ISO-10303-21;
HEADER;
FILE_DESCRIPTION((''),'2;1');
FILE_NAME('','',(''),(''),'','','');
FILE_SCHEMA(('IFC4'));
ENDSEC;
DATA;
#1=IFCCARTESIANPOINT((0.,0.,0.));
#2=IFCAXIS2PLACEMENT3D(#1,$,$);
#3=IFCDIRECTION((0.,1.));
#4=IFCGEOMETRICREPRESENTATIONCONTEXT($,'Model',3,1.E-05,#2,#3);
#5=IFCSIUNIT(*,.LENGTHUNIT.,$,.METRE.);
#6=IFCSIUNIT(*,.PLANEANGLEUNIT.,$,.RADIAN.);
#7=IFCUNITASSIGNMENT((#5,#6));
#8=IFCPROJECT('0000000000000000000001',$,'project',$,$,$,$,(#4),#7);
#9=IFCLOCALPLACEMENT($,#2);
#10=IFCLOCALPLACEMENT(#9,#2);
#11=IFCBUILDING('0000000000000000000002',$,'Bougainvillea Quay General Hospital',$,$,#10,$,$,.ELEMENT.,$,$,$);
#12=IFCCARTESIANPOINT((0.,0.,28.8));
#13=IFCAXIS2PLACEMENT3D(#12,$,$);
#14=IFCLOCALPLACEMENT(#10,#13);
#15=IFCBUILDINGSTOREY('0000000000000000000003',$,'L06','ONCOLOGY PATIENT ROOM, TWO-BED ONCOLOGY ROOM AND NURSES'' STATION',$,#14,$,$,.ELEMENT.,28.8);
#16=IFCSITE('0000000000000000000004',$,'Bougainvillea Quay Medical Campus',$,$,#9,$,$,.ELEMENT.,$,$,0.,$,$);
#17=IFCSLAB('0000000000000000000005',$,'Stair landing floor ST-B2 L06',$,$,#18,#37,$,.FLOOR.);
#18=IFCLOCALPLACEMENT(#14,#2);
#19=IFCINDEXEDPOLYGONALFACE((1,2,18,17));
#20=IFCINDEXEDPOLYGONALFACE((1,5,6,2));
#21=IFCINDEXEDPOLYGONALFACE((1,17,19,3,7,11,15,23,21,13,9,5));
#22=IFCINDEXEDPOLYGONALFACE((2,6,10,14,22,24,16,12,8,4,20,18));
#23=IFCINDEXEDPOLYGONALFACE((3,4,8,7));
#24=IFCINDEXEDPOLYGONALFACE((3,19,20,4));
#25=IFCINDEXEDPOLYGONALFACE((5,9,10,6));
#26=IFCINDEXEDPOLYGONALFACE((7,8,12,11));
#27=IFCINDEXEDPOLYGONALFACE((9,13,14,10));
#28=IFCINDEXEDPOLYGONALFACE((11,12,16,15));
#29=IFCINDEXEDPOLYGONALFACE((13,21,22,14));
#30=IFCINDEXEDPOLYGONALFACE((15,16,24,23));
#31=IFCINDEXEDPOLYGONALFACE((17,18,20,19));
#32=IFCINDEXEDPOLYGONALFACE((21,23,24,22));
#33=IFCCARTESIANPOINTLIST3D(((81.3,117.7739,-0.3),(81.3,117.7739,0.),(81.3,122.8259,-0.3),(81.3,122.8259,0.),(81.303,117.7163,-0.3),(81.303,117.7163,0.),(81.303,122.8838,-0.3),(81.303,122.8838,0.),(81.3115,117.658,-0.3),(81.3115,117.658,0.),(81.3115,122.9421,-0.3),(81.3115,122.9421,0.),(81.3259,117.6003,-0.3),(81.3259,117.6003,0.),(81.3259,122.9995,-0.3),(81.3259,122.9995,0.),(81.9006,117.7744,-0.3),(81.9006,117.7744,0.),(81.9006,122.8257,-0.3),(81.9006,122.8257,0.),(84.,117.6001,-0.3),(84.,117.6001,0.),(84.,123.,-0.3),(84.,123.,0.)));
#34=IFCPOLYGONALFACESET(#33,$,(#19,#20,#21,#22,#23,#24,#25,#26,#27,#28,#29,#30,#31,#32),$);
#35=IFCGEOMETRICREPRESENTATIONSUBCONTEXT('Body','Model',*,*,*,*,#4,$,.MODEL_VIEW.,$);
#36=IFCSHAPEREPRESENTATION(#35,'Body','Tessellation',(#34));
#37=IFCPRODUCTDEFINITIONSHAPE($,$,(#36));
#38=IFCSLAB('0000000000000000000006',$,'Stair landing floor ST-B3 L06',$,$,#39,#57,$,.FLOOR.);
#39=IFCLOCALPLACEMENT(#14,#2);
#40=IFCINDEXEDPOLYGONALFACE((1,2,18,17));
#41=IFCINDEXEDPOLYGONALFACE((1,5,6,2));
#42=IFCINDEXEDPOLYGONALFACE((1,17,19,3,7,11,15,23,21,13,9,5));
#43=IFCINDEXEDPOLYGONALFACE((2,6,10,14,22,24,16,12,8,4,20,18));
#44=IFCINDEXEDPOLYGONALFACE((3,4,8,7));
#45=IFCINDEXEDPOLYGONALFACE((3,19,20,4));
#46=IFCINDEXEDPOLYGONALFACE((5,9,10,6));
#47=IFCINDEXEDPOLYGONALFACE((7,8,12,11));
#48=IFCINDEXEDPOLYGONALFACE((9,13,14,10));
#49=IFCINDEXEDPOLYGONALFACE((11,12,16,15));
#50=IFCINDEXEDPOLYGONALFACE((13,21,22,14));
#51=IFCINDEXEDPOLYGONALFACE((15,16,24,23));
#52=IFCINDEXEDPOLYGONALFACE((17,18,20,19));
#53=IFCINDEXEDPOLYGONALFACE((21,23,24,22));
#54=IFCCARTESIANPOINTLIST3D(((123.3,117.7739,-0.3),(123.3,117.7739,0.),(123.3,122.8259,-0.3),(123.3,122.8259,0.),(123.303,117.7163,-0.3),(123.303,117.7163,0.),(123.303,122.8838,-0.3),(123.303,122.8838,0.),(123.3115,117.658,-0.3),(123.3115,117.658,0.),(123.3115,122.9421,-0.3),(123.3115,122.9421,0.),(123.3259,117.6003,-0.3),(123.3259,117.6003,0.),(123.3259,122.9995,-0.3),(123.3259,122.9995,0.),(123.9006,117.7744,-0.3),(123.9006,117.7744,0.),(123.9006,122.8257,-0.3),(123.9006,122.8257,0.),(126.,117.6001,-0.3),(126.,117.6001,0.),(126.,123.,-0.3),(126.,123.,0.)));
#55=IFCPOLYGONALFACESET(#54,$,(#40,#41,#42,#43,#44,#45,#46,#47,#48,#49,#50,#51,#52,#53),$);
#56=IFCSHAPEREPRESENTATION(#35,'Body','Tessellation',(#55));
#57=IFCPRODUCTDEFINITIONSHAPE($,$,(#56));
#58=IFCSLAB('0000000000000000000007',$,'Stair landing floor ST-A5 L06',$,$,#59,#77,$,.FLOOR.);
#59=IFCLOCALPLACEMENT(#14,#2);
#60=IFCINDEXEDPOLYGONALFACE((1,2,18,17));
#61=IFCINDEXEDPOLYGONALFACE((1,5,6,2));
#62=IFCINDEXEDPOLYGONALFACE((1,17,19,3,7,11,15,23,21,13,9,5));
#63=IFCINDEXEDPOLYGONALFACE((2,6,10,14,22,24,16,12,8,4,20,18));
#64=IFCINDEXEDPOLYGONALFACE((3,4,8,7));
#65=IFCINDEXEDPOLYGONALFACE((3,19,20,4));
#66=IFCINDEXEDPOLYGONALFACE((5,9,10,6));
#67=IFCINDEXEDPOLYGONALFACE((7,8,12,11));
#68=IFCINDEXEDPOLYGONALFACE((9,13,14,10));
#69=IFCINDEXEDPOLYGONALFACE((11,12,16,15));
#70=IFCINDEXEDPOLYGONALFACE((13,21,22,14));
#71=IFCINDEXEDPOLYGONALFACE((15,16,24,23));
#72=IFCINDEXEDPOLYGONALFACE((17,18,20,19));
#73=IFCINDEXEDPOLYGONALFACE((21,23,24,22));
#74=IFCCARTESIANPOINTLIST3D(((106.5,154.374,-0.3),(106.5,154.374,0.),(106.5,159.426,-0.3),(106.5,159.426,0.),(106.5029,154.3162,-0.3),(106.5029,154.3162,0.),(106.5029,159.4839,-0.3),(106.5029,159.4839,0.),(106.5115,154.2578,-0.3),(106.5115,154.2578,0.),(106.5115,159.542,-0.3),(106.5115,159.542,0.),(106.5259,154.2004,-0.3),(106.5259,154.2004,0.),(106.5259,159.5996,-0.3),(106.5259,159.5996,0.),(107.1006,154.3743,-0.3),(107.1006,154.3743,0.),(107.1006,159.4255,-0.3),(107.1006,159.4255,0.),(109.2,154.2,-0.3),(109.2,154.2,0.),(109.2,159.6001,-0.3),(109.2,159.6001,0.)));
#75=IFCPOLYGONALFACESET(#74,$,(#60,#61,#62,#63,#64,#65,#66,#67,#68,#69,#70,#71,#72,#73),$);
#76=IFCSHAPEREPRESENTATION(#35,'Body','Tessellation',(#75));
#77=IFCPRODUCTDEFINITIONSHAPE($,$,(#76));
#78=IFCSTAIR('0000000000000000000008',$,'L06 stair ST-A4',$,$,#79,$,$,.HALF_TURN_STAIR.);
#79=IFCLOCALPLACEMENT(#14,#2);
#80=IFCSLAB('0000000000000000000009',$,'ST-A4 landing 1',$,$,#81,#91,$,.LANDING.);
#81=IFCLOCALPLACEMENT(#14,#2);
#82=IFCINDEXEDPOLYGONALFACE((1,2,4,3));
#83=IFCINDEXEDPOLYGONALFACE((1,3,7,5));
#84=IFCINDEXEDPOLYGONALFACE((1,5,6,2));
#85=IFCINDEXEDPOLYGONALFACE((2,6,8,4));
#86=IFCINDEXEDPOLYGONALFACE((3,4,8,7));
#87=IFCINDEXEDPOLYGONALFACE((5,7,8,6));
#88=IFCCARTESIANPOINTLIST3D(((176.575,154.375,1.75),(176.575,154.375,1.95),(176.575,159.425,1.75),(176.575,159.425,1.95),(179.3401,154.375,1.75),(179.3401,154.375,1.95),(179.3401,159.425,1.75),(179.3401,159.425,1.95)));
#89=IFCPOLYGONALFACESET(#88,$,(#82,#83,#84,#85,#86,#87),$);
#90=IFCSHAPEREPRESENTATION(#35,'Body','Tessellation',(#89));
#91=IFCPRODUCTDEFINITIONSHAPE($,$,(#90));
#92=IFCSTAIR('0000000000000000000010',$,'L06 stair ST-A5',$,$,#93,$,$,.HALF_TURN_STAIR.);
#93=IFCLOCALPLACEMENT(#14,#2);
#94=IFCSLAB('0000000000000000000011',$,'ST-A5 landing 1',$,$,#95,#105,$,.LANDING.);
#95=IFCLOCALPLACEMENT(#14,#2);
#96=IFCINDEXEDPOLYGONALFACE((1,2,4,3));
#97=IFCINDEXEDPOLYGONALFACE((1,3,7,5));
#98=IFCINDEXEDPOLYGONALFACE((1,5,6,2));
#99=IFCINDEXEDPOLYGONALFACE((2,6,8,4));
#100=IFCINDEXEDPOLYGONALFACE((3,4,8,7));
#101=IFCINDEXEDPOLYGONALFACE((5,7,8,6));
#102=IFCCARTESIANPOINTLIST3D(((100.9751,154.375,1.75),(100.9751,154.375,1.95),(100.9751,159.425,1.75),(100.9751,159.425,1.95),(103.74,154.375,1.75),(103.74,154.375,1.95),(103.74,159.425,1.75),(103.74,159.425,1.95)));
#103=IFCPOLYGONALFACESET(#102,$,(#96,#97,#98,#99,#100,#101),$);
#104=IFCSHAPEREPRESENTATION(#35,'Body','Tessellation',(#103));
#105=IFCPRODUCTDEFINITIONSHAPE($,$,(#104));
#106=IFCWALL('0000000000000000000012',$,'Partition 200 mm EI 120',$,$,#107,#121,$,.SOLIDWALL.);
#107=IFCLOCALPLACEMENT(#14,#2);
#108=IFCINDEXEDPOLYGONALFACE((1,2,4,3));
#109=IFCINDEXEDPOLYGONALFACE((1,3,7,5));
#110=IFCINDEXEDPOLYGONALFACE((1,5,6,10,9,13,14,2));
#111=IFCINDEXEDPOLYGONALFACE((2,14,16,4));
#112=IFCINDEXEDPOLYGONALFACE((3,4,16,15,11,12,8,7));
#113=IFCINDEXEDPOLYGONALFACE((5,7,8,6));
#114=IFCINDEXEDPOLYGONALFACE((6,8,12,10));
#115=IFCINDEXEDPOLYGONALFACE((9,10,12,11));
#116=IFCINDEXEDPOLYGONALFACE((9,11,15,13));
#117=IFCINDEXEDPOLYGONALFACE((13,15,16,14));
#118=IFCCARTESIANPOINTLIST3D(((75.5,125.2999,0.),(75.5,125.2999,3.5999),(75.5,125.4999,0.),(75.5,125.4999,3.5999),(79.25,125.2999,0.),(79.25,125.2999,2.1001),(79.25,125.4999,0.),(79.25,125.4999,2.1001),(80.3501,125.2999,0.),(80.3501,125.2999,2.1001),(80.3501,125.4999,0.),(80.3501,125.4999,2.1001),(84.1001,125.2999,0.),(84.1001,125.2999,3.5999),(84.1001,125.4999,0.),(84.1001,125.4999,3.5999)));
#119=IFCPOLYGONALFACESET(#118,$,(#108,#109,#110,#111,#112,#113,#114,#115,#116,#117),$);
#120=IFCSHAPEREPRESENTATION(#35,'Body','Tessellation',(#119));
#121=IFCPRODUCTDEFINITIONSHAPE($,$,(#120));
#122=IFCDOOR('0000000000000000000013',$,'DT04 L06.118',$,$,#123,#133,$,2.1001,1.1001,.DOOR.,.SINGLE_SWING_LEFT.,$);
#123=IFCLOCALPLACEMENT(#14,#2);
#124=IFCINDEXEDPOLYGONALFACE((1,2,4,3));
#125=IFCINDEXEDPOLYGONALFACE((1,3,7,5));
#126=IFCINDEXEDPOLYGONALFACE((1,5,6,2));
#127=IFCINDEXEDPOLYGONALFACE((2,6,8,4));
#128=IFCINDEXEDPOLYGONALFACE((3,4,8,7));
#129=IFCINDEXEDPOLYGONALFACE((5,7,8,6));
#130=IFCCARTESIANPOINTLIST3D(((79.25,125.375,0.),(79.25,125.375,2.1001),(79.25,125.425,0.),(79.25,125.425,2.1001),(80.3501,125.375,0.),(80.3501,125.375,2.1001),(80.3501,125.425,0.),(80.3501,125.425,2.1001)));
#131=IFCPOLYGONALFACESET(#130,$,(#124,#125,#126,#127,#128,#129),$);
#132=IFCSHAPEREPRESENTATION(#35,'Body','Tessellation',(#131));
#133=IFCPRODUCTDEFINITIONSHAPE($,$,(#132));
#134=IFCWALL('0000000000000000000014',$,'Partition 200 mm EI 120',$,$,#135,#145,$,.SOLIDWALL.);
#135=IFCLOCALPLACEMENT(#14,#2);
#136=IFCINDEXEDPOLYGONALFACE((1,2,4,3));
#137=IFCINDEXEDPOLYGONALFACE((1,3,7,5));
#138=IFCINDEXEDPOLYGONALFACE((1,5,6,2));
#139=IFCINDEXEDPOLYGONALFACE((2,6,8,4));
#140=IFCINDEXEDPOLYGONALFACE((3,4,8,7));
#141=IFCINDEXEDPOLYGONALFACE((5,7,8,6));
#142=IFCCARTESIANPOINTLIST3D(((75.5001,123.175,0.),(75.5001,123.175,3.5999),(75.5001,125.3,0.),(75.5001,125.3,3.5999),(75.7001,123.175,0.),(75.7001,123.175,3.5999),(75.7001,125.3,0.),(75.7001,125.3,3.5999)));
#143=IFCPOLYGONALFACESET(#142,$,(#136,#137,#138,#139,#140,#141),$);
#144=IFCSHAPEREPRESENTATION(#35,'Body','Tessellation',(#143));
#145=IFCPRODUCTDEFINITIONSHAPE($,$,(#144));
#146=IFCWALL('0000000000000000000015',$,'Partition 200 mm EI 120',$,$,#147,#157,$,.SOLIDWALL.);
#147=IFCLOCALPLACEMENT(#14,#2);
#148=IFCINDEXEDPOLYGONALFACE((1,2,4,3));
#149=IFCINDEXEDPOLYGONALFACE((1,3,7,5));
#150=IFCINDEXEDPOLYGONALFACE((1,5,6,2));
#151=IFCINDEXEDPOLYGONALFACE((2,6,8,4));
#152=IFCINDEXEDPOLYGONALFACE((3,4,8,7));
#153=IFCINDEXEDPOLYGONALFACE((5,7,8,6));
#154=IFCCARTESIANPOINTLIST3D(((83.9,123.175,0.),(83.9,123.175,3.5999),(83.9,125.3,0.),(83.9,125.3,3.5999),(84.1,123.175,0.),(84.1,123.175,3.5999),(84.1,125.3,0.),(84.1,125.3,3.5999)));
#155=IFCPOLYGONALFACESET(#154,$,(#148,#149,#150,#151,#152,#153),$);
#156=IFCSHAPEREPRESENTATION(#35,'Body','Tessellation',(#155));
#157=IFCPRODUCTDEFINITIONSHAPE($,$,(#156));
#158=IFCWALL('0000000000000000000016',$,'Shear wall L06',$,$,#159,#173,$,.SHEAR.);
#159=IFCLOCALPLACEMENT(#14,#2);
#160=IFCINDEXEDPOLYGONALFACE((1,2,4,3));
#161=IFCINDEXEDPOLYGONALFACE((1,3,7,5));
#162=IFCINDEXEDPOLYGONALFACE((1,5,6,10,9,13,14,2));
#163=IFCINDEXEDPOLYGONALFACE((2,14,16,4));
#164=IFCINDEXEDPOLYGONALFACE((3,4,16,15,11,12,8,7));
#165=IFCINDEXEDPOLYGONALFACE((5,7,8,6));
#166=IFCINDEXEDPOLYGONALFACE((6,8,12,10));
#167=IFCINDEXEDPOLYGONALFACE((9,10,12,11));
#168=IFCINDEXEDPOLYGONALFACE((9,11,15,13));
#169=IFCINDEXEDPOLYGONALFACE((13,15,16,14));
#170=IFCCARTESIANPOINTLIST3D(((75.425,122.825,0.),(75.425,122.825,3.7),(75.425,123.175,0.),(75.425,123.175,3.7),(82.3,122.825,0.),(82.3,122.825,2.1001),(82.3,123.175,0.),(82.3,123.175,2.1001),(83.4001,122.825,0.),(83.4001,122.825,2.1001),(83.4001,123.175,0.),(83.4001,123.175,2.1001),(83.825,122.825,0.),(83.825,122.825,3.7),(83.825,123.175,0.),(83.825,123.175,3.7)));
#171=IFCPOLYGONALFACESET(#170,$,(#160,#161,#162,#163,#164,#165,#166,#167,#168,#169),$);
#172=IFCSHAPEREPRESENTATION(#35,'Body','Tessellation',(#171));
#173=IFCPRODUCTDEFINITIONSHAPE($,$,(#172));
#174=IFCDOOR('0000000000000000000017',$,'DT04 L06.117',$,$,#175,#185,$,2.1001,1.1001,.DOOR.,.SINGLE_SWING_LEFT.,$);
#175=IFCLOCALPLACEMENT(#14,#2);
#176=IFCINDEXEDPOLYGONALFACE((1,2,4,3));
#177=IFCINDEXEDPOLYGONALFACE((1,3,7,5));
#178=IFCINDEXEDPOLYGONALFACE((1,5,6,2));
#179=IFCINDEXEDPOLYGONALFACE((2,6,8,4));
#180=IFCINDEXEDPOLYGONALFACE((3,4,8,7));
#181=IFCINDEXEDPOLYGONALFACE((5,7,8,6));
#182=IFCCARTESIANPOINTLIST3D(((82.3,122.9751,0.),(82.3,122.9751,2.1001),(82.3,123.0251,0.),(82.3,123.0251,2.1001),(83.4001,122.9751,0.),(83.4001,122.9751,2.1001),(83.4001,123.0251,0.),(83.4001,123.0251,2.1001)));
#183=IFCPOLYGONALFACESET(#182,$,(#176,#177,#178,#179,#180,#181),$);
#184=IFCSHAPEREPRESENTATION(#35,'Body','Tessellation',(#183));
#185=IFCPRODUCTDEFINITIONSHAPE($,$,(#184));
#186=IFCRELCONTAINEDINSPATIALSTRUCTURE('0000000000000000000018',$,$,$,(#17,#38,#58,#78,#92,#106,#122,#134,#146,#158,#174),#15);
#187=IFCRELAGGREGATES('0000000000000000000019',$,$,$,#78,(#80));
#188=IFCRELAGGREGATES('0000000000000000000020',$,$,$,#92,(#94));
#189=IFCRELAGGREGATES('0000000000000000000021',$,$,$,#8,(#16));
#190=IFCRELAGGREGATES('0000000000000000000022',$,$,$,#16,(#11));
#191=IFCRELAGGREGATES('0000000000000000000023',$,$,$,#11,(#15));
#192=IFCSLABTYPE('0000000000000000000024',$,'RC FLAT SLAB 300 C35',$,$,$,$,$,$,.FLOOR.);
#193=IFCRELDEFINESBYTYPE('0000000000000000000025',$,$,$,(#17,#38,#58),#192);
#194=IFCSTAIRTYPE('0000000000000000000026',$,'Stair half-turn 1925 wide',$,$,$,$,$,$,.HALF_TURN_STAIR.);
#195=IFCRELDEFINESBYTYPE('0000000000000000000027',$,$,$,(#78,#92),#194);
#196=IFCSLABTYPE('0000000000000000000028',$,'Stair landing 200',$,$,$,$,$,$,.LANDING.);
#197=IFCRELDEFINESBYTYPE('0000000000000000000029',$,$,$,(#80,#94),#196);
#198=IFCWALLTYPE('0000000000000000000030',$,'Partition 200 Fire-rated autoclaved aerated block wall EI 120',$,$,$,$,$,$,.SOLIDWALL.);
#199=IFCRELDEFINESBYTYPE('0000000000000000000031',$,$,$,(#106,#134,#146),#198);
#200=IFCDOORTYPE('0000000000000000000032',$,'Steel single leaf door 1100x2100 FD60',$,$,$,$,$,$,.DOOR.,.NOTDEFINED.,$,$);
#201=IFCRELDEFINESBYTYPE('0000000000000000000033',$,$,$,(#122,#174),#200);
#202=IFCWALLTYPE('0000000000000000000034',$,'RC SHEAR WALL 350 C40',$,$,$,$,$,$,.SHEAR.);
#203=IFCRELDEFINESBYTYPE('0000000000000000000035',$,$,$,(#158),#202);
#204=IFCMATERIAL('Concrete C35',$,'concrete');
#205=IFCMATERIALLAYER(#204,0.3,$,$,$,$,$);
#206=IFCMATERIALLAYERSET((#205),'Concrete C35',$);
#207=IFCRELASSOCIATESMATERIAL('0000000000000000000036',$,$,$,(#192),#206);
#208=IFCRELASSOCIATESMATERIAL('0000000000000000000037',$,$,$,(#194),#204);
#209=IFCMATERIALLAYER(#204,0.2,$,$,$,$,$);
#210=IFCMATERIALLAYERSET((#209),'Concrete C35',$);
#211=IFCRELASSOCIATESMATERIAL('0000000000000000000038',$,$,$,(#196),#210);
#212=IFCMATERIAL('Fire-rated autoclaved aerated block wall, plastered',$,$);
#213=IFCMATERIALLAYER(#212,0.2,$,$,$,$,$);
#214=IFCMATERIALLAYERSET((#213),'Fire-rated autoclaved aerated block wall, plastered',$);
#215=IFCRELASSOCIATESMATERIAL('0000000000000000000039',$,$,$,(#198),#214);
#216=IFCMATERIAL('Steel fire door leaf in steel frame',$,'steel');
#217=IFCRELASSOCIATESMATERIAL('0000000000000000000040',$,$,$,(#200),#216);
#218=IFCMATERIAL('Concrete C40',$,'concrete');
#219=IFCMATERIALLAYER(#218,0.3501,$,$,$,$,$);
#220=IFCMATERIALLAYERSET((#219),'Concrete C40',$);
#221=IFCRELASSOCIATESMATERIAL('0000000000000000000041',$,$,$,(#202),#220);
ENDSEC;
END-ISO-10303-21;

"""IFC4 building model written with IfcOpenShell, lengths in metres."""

from ifc_helpers import new_model, si_unit, direction, frame, frame_2d, origin, place, context, subcontext, project, spatial, polyline, rectangle, outline, extrude, material, layer, layer_set, type_object, element, fill, aggregate, save


model = new_model("IFC4")

# Units and contexts
model_context = context("Model", 3, precision=1e-05, world=origin(), true_north=direction((0.0, 1.0)))
body_context = subcontext(model_context, "Body", "Model", "MODEL_VIEW")
ifc_project = project(units=[si_unit("LENGTHUNIT", "METRE"), si_unit("PLANEANGLEUNIT", "RADIAN")], contexts=[model_context])

# Site, building, storey
site_placement = place(None, origin())
site = spatial("IfcSite", under=ifc_project, at=site_placement, Name="Bougainvillea Quay Medical Campus", CompositionType="ELEMENT", RefElevation=0.0)
building_placement = place(site_placement, origin())
building = spatial("IfcBuilding", under=site, at=building_placement, Name="Bougainvillea Quay General Hospital", CompositionType="ELEMENT")
storey_placement = place(building_placement, frame((0.0, 0.0, 28.8)))
storey = spatial("IfcBuildingStorey", under=building, at=storey_placement, Name="L06", Description="ONCOLOGY PATIENT ROOM, TWO-BED ONCOLOGY ROOM AND NURSES' STATION", CompositionType="ELEMENT", Elevation=28.8)

# Shared definitions
ifc_material_1 = material(Name="Concrete C40", Category="concrete")

# Slabs
ifc_material_2 = material(Name="Concrete C35", Category="concrete")
ifc_layer_1 = layer(ifc_material_2, 0.3)
ifc_layer_set_1 = layer_set([ifc_layer_1], Name="Concrete C35")
slab_type_1 = type_object("IfcSlabType", Name="RC FLAT SLAB 300 C35", PredefinedType="FLOOR", material=ifc_layer_set_1)
slab_1_placement = place(storey_placement, frame((0.0, 0.0, -0.3)))
element("IfcSlab", 1, at=slab_1_placement, inside=storey, type_object=slab_type_1, Name="Stair landing floor ST-B2 L06", PredefinedType="FLOOR", context=body_context, shape_type="SweptSolid", body=[
    extrude(outline(polyline([(81.303, 122.8838), (81.3115, 122.9421), (81.3259, 122.9995), (84.0, 123.0), (84.0, 117.6001), (81.3259, 117.6003), (81.3115, 117.658), (81.303, 117.7163), (81.3, 117.7739), (81.9006, 117.7744), (81.9006, 122.8257), (81.3, 122.8259), (81.303, 122.8838)])), origin(), (0.0, 0.0, 1.0), 0.3),
])
slab_2_placement = place(storey_placement, frame((0.0, 0.0, -0.3)))
element("IfcSlab", 2, at=slab_2_placement, inside=storey, type_object=slab_type_1, Name="Stair landing floor ST-B3 L06", PredefinedType="FLOOR", context=body_context, shape_type="SweptSolid", body=[
    extrude(outline(polyline([(123.303, 122.8838), (123.3115, 122.9421), (123.3259, 122.9995), (126.0, 123.0), (126.0, 117.6001), (123.3259, 117.6003), (123.3115, 117.658), (123.303, 117.7163), (123.3, 117.7739), (123.9006, 117.7744), (123.9006, 122.8257), (123.3, 122.8259), (123.303, 122.8838)])), origin(), (0.0, 0.0, 1.0), 0.3),
])
slab_3_placement = place(storey_placement, frame((0.0, 0.0, -0.3)))
element("IfcSlab", 3, at=slab_3_placement, inside=storey, type_object=slab_type_1, Name="Stair landing floor ST-A5 L06", PredefinedType="FLOOR", context=body_context, shape_type="SweptSolid", body=[
    extrude(outline(polyline([(106.5029, 159.4839), (106.5115, 159.542), (106.5259, 159.5996), (109.2, 159.6001), (109.2, 154.2), (106.5259, 154.2004), (106.5115, 154.2578), (106.5029, 154.3162), (106.5, 154.374), (107.1006, 154.3743), (107.1006, 159.4255), (106.5, 159.426), (106.5029, 159.4839)])), origin(), (0.0, 0.0, 1.0), 0.3),
])

# Stairs, slabs
stair_type = type_object("IfcStairType", Name="Stair half-turn 1925 wide", PredefinedType="HALF_TURN_STAIR", material=ifc_material_2)
stair_1_placement = place(storey_placement, origin())
stair_1 = element("IfcStair", 4, at=stair_1_placement, inside=storey, type_object=stair_type, Name="L06 stair ST-A4", PredefinedType="HALF_TURN_STAIR")
ifc_layer_2 = layer(ifc_material_2, 0.2)
ifc_layer_set_2 = layer_set([ifc_layer_2], Name="Concrete C35")
slab_type_2 = type_object("IfcSlabType", Name="Stair landing 200", PredefinedType="LANDING", material=ifc_layer_set_2)
slab_4_placement = place(storey_placement, frame((0.0, 0.0, 1.75)))
slab_4 = element("IfcSlab", 5, at=slab_4_placement, type_object=slab_type_2, Name="ST-A4 landing 1", PredefinedType="LANDING", context=body_context, shape_type="SweptSolid", body=[
    extrude(outline(polyline([(179.3401, 159.425), (176.575, 159.425), (176.575, 154.375), (179.3401, 154.375), (179.3401, 159.425)])), origin(), (0.0, 0.0, 1.0), 0.2),
])
aggregate(stair_1, [slab_4])
stair_2_placement = place(storey_placement, origin())
stair_2 = element("IfcStair", 6, at=stair_2_placement, inside=storey, type_object=stair_type, Name="L06 stair ST-A5", PredefinedType="HALF_TURN_STAIR")
slab_5_placement = place(storey_placement, frame((0.0, 0.0, 1.75)))
slab_5 = element("IfcSlab", 7, at=slab_5_placement, type_object=slab_type_2, Name="ST-A5 landing 1", PredefinedType="LANDING", context=body_context, shape_type="SweptSolid", body=[
    extrude(outline(polyline([(103.74, 159.425), (100.9751, 159.425), (100.9751, 154.375), (103.74, 154.375), (103.74, 159.425)])), origin(), (0.0, 0.0, 1.0), 0.2),
])
aggregate(stair_2, [slab_5])

# Wall, opening, door
ifc_material_3 = material(Name="Fire-rated autoclaved aerated block wall, plastered")
ifc_layer_3 = layer(ifc_material_3, 0.2)
ifc_layer_set_3 = layer_set([ifc_layer_3], Name="Fire-rated autoclaved aerated block wall, plastered")
wall_type_1 = type_object("IfcWallType", Name="Partition 200 Fire-rated autoclaved aerated block wall EI 120", PredefinedType="SOLIDWALL", material=ifc_layer_set_3)
wall_1_placement = place(storey_placement, frame((75.5, 125.3999, 0.0), z_axis=(0.0, 0.0, 1.0), x_axis=(1.0, 0.0, 0.0)))
wall_1 = element("IfcWall", 8, at=wall_1_placement, inside=storey, type_object=wall_type_1, Name="Partition 200 mm EI 120", PredefinedType="SOLIDWALL", context=body_context, shape_type="SweptSolid", body=[
    extrude(rectangle(XDim=8.6001, YDim=0.2, at=frame_2d((4.3, 0.0))), origin(), (0.0, 0.0, 1.0), 3.5999),
])
opening_1_placement = place(wall_1_placement, frame((3.75, 0.0, 0.0)))
opening_1 = element("IfcOpeningElement", 9, at=opening_1_placement, cuts=wall_1, PredefinedType="OPENING", context=body_context, shape_type="SweptSolid", body=[
    extrude(rectangle(XDim=1.1001, YDim=2.1001, at=frame_2d((0.55, 1.05))), frame((0.0, 0.1099, 0.0), z_axis=(0.0, -1.0, 0.0), x_axis=(1.0, 0.0, 0.0)), (0.0, 0.0, 1.0), 0.22),
])
ifc_material_4 = material(Name="Steel fire door leaf in steel frame", Category="steel")
door_type = type_object("IfcDoorType", Name="Steel single leaf door 1100x2100 FD60", OperationType="NOTDEFINED", PredefinedType="DOOR", material=ifc_material_4)
door_1_placement = place(opening_1_placement, frame((1.1001, 0.0, 0.0), z_axis=(0.0, 0.0, 1.0), x_axis=(-1.0, 0.0, 0.0)))
door_1 = element("IfcDoor", 10, at=door_1_placement, inside=storey, type_object=door_type, Name="DT04 L06.118", OperationType="SINGLE_SWING_LEFT", OverallHeight=2.1001, OverallWidth=1.1001, PredefinedType="DOOR", context=body_context, shape_type="SweptSolid", body=[
    extrude(rectangle(XDim=1.1001, YDim=2.1001, at=frame_2d((0.55, 1.05))), frame((0.0, 0.0249, 0.0), z_axis=(0.0, -1.0, 0.0), x_axis=(1.0, 0.0, 0.0)), (0.0, 0.0, 1.0), 0.05),
])
fill(opening_1, door_1)

# Walls
for number, where, z_axis, x_axis, name in (
    (11, (75.6001, 123.175, 0.0), (0.0, 0.0, 1.0), (0.0, 1.0, 0.0), "Partition 200 mm EI 120"),
    (12, (84.0, 123.175, 0.0), (0.0, 0.0, 1.0), (0.0, 1.0, 0.0), "Partition 200 mm EI 120"),
):
    element("IfcWall", number, at=place(storey_placement, frame(where, z_axis=z_axis, x_axis=x_axis)), inside=storey, type_object=wall_type_1, Name=name, PredefinedType="SOLIDWALL", context=body_context, shape_type="SweptSolid", body=[
        extrude(rectangle(XDim=2.125, YDim=0.2, at=frame_2d((1.0625, 0.0))), origin(), (0.0, 0.0, 1.0), 3.5999),
    ])

# Wall, opening, door
ifc_layer_4 = layer(ifc_material_1, 0.3501)
ifc_layer_set_4 = layer_set([ifc_layer_4], Name="Concrete C40")
wall_type_2 = type_object("IfcWallType", Name="RC SHEAR WALL 350 C40", PredefinedType="SHEAR", material=ifc_layer_set_4)
wall_2_placement = place(storey_placement, frame((75.425, 123.0, 0.0), z_axis=(0.0, 0.0, 1.0), x_axis=(1.0, 0.0, 0.0)))
wall_2 = element("IfcWall", 13, at=wall_2_placement, inside=storey, type_object=wall_type_2, Name="Shear wall L06", PredefinedType="SHEAR", context=body_context, shape_type="SweptSolid", body=[
    extrude(rectangle(XDim=8.3999, YDim=0.3501, at=frame_2d((4.2, 0.0))), origin(), (0.0, 0.0, 1.0), 3.7),
])
opening_2_placement = place(wall_2_placement, frame((6.875, 0.0, 0.0)))
opening_2 = element("IfcOpeningElement", 14, at=opening_2_placement, cuts=wall_2, PredefinedType="OPENING", context=body_context, shape_type="SweptSolid", body=[
    extrude(rectangle(XDim=1.1001, YDim=2.1001, at=frame_2d((0.55, 1.05))), frame((0.0, 0.1851, 0.0), z_axis=(0.0, -1.0, 0.0), x_axis=(1.0, 0.0, 0.0)), (0.0, 0.0, 1.0), 0.3701),
])
door_2_placement = place(opening_2_placement, frame((1.1001, 0.0, 0.0), z_axis=(0.0, 0.0, 1.0), x_axis=(-1.0, 0.0, 0.0)))
door_2 = element("IfcDoor", 15, at=door_2_placement, inside=storey, type_object=door_type, Name="DT04 L06.117", OperationType="SINGLE_SWING_LEFT", OverallHeight=2.1001, OverallWidth=1.1001, PredefinedType="DOOR", context=body_context, shape_type="SweptSolid", body=[
    extrude(rectangle(XDim=1.1001, YDim=2.1001, at=frame_2d((0.55, 1.05))), frame((0.0, 0.0249, 0.0), z_axis=(0.0, -1.0, 0.0), x_axis=(1.0, 0.0, 0.0)), (0.0, 0.0, 1.0), 0.05),
])
fill(opening_2, door_2)

save(model, "model.ifc")
